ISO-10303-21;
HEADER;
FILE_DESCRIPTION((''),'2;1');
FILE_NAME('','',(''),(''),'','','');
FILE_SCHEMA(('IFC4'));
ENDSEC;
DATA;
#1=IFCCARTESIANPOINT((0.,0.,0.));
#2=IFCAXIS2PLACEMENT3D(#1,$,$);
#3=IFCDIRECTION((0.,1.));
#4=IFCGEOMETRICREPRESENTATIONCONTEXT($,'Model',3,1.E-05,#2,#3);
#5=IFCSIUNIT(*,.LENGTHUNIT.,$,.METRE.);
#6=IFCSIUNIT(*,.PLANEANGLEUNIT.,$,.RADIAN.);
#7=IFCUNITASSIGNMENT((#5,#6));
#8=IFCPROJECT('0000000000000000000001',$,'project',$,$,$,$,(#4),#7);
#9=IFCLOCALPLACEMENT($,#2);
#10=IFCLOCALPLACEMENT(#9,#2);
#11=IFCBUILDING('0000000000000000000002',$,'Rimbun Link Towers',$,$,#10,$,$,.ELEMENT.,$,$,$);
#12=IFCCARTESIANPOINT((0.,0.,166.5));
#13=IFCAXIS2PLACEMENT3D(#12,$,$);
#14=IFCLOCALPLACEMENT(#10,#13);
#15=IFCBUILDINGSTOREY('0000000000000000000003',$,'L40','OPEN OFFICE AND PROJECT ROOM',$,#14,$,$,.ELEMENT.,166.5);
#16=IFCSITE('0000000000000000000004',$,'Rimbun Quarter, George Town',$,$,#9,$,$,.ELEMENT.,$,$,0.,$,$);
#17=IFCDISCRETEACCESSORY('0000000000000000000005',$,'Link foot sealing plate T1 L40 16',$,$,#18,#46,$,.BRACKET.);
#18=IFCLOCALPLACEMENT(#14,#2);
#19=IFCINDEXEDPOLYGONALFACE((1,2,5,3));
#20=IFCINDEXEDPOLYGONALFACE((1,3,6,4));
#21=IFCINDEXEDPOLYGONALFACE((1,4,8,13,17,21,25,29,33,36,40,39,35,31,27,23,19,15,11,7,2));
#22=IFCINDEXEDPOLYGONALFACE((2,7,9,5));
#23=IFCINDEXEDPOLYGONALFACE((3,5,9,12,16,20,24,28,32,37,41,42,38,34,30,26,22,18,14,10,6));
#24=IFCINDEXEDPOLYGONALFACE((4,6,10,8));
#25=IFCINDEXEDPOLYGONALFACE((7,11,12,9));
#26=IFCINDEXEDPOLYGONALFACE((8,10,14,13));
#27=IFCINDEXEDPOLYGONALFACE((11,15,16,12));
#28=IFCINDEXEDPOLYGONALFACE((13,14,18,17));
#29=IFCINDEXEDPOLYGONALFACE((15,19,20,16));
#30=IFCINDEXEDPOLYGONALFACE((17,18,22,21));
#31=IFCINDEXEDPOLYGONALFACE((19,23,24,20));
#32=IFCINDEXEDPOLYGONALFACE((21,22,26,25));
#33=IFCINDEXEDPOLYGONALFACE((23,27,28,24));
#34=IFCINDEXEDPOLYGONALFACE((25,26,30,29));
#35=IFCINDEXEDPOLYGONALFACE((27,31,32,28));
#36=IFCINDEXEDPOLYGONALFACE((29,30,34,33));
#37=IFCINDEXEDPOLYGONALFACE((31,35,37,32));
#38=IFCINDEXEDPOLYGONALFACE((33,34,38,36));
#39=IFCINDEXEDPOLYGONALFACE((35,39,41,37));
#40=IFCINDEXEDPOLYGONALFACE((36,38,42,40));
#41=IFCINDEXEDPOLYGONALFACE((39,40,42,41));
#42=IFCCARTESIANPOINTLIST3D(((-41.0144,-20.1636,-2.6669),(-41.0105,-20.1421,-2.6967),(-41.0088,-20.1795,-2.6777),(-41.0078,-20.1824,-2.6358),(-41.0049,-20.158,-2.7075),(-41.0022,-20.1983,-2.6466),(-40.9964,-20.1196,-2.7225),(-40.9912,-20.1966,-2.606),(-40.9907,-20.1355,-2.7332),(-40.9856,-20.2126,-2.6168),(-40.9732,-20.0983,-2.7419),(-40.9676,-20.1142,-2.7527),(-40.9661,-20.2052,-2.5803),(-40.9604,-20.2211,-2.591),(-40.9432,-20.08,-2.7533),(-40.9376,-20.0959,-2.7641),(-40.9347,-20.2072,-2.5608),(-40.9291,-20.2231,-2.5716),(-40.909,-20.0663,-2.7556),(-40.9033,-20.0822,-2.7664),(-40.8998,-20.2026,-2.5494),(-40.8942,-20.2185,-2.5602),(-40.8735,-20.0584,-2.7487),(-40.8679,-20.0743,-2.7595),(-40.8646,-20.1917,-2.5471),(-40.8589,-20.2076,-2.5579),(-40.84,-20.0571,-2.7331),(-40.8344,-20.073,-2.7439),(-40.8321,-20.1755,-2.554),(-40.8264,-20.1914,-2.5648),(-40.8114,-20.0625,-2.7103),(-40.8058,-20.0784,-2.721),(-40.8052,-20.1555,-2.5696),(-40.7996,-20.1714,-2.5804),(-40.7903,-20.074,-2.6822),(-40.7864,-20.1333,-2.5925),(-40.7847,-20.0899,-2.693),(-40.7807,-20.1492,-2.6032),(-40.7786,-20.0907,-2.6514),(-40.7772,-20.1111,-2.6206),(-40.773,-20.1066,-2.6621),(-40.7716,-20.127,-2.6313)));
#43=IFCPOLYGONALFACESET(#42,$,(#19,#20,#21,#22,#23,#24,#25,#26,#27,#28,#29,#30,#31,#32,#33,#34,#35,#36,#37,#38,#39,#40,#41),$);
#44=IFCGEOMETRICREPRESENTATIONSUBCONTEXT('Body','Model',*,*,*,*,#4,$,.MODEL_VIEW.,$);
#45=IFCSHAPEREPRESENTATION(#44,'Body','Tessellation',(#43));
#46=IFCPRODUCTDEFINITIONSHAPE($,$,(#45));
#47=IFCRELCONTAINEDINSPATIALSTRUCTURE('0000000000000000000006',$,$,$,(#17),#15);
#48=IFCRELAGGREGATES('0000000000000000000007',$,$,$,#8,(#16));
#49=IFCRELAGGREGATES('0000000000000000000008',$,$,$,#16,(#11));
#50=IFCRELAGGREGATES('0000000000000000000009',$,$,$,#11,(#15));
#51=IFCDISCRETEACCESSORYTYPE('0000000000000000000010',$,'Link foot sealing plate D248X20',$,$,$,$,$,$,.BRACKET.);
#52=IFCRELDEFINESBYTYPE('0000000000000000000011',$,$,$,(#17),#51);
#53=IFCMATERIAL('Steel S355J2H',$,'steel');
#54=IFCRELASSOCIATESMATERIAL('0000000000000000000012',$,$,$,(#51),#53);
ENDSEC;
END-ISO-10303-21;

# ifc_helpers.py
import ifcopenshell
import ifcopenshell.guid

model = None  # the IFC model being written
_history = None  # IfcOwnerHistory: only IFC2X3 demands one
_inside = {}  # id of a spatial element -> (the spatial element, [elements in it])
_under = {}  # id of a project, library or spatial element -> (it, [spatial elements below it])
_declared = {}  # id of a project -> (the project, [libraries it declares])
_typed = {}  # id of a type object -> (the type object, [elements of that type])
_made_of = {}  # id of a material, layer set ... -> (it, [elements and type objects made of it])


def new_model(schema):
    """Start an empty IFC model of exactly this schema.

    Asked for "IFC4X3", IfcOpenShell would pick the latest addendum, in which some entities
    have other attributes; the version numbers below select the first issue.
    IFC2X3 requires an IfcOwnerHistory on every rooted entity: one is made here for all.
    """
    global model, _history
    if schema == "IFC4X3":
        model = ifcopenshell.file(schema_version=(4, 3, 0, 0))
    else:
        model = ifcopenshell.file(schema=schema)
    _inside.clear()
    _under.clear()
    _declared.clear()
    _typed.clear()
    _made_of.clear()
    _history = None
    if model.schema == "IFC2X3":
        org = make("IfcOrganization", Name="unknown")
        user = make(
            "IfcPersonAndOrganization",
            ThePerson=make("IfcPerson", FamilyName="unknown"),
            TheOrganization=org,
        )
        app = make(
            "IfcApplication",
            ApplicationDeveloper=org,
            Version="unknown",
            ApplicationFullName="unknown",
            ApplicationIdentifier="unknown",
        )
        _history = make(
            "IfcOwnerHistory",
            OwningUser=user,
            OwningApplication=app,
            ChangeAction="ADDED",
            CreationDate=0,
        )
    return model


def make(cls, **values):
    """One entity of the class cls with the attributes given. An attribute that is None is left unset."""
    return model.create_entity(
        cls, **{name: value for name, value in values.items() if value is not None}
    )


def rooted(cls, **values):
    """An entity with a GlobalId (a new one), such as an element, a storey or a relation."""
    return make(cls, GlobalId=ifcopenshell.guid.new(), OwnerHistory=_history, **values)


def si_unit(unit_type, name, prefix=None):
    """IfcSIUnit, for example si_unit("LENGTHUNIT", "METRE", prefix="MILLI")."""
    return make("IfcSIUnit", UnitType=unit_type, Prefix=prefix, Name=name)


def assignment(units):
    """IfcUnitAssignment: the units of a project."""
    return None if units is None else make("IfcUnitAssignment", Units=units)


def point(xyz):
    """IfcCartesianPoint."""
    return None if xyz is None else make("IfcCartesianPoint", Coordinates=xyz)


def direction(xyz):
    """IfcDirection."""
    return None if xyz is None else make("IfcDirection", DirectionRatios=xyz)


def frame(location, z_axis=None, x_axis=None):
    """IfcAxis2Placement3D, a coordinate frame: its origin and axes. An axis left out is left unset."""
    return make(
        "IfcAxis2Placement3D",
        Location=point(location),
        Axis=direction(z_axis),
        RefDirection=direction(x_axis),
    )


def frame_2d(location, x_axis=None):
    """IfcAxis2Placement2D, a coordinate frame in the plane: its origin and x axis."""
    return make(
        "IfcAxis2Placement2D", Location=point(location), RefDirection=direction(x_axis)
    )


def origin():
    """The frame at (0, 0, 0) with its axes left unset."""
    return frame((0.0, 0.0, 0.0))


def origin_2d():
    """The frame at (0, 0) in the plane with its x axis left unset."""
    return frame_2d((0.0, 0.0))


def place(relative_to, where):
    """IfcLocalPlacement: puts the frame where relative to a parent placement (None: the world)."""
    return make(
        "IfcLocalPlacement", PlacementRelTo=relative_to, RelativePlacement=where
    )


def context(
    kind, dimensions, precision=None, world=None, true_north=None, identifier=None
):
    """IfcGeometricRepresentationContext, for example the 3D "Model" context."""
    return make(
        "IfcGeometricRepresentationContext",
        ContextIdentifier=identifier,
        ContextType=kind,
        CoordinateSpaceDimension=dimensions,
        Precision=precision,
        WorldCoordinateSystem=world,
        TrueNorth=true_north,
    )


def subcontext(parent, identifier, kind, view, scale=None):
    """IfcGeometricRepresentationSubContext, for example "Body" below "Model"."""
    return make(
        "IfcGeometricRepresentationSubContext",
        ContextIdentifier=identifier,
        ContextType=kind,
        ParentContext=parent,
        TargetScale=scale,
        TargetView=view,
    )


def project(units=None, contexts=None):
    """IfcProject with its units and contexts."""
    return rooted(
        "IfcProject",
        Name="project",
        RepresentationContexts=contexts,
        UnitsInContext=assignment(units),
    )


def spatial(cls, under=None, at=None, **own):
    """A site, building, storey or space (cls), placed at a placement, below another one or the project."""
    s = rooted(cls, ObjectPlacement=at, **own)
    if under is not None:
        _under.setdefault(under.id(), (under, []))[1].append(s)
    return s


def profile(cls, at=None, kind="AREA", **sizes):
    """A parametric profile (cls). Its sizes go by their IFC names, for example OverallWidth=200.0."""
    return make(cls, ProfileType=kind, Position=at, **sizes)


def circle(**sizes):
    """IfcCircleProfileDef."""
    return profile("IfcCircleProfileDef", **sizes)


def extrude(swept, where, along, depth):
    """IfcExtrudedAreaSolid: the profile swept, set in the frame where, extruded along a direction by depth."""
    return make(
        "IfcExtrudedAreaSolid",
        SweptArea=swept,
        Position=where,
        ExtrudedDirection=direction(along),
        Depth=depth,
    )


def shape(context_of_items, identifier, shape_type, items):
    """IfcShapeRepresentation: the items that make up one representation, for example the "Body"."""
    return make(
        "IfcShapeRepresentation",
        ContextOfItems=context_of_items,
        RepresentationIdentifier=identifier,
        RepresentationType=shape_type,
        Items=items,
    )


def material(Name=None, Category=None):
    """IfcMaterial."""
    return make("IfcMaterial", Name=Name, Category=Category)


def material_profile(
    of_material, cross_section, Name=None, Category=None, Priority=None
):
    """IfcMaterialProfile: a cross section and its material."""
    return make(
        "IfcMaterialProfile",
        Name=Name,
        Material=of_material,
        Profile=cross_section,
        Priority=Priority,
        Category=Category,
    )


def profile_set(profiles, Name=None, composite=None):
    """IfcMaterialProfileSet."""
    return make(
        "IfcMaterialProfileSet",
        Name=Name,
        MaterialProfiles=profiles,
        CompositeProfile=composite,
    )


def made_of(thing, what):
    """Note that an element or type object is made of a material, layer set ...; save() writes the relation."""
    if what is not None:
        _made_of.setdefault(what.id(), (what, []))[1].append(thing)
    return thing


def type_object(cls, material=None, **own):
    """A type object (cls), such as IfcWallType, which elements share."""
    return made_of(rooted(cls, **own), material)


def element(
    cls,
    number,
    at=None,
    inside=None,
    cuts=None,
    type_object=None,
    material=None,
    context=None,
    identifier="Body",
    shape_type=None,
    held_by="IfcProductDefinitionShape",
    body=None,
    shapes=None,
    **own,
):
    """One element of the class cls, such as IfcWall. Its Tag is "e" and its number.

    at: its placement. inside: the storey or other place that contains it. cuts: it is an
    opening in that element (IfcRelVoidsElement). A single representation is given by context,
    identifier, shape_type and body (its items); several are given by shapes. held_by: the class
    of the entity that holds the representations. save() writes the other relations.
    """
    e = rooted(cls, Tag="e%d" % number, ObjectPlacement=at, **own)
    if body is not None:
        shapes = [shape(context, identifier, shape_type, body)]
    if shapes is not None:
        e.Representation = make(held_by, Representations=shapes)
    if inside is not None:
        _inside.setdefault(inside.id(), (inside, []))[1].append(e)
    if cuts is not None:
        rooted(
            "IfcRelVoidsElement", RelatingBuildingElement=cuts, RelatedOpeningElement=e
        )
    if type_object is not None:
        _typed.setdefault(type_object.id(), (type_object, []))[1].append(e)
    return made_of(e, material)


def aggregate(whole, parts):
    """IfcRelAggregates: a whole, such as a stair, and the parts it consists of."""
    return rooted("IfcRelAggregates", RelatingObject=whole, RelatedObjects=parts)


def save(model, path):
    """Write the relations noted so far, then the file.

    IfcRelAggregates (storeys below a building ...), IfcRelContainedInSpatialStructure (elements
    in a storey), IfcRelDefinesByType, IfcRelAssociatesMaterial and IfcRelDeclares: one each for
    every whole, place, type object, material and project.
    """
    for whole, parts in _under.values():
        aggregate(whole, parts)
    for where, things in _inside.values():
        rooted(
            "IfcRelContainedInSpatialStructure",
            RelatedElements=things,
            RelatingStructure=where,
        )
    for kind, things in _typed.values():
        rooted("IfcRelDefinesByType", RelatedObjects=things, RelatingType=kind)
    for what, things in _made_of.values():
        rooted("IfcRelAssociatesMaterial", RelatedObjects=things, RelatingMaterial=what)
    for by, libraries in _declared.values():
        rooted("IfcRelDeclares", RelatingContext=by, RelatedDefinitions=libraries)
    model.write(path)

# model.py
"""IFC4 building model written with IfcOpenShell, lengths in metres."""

from ifc_helpers import new_model, si_unit, direction, frame, origin, origin_2d, place, context, subcontext, project, spatial, circle, extrude, material, material_profile, profile_set, type_object, element, save


model = new_model("IFC4")

# Units and contexts
model_context = context("Model", 3, precision=1e-05, world=origin(), true_north=direction((0.0, 1.0)))
body_context = subcontext(model_context, "Body", "Model", "MODEL_VIEW")
ifc_project = project(units=[si_unit("LENGTHUNIT", "METRE"), si_unit("PLANEANGLEUNIT", "RADIAN")], contexts=[model_context])

# Site, building, storey
site_placement = place(None, origin())
site = spatial("IfcSite", under=ifc_project, at=site_placement, Name="Rimbun Quarter, George Town", CompositionType="ELEMENT", RefElevation=0.0)
building_placement = place(site_placement, origin())
building = spatial("IfcBuilding", under=site, at=building_placement, Name="Rimbun Link Towers", CompositionType="ELEMENT")
storey_placement = place(building_placement, frame((0.0, 0.0, 166.5)))
storey = spatial("IfcBuildingStorey", under=building, at=storey_placement, Name="L40", Description="OPEN OFFICE AND PROJECT ROOM", CompositionType="ELEMENT", Elevation=166.5)

# Discrete accessory
ifc_material_1 = material(Name="Steel S355J2H", Category="steel")
ifc_material_profile_1 = material_profile(ifc_material_1, circle(Radius=0.124, at=origin_2d()), Name="PL D248")
ifc_profile_set_1 = profile_set([ifc_material_profile_1], Name="Steel S355J2H")
discrete_accessory_type = type_object("IfcDiscreteAccessoryType", Name="Link foot sealing plate D248X20", PredefinedType="BRACKET", material=ifc_profile_set_1)
for number, where, z_axis, x_axis, name in (
    (1, (-40.8955, -20.1321, -2.6514), (0.2812, -0.794695, -0.537947), (0.942722, 0.333579, 0.0), "Link foot sealing plate T1 L40 16"),
):
    element("IfcDiscreteAccessory", number, at=place(storey_placement, frame(where, z_axis=z_axis, x_axis=x_axis)), inside=storey, type_object=discrete_accessory_type, Name=name, PredefinedType="BRACKET", context=body_context, shape_type="SweptSolid", body=[
        extrude(circle(Radius=0.124, at=origin_2d()), origin(), (0.0, 0.0, 1.0), 0.02),
    ])

save(model, "model.ifc")
